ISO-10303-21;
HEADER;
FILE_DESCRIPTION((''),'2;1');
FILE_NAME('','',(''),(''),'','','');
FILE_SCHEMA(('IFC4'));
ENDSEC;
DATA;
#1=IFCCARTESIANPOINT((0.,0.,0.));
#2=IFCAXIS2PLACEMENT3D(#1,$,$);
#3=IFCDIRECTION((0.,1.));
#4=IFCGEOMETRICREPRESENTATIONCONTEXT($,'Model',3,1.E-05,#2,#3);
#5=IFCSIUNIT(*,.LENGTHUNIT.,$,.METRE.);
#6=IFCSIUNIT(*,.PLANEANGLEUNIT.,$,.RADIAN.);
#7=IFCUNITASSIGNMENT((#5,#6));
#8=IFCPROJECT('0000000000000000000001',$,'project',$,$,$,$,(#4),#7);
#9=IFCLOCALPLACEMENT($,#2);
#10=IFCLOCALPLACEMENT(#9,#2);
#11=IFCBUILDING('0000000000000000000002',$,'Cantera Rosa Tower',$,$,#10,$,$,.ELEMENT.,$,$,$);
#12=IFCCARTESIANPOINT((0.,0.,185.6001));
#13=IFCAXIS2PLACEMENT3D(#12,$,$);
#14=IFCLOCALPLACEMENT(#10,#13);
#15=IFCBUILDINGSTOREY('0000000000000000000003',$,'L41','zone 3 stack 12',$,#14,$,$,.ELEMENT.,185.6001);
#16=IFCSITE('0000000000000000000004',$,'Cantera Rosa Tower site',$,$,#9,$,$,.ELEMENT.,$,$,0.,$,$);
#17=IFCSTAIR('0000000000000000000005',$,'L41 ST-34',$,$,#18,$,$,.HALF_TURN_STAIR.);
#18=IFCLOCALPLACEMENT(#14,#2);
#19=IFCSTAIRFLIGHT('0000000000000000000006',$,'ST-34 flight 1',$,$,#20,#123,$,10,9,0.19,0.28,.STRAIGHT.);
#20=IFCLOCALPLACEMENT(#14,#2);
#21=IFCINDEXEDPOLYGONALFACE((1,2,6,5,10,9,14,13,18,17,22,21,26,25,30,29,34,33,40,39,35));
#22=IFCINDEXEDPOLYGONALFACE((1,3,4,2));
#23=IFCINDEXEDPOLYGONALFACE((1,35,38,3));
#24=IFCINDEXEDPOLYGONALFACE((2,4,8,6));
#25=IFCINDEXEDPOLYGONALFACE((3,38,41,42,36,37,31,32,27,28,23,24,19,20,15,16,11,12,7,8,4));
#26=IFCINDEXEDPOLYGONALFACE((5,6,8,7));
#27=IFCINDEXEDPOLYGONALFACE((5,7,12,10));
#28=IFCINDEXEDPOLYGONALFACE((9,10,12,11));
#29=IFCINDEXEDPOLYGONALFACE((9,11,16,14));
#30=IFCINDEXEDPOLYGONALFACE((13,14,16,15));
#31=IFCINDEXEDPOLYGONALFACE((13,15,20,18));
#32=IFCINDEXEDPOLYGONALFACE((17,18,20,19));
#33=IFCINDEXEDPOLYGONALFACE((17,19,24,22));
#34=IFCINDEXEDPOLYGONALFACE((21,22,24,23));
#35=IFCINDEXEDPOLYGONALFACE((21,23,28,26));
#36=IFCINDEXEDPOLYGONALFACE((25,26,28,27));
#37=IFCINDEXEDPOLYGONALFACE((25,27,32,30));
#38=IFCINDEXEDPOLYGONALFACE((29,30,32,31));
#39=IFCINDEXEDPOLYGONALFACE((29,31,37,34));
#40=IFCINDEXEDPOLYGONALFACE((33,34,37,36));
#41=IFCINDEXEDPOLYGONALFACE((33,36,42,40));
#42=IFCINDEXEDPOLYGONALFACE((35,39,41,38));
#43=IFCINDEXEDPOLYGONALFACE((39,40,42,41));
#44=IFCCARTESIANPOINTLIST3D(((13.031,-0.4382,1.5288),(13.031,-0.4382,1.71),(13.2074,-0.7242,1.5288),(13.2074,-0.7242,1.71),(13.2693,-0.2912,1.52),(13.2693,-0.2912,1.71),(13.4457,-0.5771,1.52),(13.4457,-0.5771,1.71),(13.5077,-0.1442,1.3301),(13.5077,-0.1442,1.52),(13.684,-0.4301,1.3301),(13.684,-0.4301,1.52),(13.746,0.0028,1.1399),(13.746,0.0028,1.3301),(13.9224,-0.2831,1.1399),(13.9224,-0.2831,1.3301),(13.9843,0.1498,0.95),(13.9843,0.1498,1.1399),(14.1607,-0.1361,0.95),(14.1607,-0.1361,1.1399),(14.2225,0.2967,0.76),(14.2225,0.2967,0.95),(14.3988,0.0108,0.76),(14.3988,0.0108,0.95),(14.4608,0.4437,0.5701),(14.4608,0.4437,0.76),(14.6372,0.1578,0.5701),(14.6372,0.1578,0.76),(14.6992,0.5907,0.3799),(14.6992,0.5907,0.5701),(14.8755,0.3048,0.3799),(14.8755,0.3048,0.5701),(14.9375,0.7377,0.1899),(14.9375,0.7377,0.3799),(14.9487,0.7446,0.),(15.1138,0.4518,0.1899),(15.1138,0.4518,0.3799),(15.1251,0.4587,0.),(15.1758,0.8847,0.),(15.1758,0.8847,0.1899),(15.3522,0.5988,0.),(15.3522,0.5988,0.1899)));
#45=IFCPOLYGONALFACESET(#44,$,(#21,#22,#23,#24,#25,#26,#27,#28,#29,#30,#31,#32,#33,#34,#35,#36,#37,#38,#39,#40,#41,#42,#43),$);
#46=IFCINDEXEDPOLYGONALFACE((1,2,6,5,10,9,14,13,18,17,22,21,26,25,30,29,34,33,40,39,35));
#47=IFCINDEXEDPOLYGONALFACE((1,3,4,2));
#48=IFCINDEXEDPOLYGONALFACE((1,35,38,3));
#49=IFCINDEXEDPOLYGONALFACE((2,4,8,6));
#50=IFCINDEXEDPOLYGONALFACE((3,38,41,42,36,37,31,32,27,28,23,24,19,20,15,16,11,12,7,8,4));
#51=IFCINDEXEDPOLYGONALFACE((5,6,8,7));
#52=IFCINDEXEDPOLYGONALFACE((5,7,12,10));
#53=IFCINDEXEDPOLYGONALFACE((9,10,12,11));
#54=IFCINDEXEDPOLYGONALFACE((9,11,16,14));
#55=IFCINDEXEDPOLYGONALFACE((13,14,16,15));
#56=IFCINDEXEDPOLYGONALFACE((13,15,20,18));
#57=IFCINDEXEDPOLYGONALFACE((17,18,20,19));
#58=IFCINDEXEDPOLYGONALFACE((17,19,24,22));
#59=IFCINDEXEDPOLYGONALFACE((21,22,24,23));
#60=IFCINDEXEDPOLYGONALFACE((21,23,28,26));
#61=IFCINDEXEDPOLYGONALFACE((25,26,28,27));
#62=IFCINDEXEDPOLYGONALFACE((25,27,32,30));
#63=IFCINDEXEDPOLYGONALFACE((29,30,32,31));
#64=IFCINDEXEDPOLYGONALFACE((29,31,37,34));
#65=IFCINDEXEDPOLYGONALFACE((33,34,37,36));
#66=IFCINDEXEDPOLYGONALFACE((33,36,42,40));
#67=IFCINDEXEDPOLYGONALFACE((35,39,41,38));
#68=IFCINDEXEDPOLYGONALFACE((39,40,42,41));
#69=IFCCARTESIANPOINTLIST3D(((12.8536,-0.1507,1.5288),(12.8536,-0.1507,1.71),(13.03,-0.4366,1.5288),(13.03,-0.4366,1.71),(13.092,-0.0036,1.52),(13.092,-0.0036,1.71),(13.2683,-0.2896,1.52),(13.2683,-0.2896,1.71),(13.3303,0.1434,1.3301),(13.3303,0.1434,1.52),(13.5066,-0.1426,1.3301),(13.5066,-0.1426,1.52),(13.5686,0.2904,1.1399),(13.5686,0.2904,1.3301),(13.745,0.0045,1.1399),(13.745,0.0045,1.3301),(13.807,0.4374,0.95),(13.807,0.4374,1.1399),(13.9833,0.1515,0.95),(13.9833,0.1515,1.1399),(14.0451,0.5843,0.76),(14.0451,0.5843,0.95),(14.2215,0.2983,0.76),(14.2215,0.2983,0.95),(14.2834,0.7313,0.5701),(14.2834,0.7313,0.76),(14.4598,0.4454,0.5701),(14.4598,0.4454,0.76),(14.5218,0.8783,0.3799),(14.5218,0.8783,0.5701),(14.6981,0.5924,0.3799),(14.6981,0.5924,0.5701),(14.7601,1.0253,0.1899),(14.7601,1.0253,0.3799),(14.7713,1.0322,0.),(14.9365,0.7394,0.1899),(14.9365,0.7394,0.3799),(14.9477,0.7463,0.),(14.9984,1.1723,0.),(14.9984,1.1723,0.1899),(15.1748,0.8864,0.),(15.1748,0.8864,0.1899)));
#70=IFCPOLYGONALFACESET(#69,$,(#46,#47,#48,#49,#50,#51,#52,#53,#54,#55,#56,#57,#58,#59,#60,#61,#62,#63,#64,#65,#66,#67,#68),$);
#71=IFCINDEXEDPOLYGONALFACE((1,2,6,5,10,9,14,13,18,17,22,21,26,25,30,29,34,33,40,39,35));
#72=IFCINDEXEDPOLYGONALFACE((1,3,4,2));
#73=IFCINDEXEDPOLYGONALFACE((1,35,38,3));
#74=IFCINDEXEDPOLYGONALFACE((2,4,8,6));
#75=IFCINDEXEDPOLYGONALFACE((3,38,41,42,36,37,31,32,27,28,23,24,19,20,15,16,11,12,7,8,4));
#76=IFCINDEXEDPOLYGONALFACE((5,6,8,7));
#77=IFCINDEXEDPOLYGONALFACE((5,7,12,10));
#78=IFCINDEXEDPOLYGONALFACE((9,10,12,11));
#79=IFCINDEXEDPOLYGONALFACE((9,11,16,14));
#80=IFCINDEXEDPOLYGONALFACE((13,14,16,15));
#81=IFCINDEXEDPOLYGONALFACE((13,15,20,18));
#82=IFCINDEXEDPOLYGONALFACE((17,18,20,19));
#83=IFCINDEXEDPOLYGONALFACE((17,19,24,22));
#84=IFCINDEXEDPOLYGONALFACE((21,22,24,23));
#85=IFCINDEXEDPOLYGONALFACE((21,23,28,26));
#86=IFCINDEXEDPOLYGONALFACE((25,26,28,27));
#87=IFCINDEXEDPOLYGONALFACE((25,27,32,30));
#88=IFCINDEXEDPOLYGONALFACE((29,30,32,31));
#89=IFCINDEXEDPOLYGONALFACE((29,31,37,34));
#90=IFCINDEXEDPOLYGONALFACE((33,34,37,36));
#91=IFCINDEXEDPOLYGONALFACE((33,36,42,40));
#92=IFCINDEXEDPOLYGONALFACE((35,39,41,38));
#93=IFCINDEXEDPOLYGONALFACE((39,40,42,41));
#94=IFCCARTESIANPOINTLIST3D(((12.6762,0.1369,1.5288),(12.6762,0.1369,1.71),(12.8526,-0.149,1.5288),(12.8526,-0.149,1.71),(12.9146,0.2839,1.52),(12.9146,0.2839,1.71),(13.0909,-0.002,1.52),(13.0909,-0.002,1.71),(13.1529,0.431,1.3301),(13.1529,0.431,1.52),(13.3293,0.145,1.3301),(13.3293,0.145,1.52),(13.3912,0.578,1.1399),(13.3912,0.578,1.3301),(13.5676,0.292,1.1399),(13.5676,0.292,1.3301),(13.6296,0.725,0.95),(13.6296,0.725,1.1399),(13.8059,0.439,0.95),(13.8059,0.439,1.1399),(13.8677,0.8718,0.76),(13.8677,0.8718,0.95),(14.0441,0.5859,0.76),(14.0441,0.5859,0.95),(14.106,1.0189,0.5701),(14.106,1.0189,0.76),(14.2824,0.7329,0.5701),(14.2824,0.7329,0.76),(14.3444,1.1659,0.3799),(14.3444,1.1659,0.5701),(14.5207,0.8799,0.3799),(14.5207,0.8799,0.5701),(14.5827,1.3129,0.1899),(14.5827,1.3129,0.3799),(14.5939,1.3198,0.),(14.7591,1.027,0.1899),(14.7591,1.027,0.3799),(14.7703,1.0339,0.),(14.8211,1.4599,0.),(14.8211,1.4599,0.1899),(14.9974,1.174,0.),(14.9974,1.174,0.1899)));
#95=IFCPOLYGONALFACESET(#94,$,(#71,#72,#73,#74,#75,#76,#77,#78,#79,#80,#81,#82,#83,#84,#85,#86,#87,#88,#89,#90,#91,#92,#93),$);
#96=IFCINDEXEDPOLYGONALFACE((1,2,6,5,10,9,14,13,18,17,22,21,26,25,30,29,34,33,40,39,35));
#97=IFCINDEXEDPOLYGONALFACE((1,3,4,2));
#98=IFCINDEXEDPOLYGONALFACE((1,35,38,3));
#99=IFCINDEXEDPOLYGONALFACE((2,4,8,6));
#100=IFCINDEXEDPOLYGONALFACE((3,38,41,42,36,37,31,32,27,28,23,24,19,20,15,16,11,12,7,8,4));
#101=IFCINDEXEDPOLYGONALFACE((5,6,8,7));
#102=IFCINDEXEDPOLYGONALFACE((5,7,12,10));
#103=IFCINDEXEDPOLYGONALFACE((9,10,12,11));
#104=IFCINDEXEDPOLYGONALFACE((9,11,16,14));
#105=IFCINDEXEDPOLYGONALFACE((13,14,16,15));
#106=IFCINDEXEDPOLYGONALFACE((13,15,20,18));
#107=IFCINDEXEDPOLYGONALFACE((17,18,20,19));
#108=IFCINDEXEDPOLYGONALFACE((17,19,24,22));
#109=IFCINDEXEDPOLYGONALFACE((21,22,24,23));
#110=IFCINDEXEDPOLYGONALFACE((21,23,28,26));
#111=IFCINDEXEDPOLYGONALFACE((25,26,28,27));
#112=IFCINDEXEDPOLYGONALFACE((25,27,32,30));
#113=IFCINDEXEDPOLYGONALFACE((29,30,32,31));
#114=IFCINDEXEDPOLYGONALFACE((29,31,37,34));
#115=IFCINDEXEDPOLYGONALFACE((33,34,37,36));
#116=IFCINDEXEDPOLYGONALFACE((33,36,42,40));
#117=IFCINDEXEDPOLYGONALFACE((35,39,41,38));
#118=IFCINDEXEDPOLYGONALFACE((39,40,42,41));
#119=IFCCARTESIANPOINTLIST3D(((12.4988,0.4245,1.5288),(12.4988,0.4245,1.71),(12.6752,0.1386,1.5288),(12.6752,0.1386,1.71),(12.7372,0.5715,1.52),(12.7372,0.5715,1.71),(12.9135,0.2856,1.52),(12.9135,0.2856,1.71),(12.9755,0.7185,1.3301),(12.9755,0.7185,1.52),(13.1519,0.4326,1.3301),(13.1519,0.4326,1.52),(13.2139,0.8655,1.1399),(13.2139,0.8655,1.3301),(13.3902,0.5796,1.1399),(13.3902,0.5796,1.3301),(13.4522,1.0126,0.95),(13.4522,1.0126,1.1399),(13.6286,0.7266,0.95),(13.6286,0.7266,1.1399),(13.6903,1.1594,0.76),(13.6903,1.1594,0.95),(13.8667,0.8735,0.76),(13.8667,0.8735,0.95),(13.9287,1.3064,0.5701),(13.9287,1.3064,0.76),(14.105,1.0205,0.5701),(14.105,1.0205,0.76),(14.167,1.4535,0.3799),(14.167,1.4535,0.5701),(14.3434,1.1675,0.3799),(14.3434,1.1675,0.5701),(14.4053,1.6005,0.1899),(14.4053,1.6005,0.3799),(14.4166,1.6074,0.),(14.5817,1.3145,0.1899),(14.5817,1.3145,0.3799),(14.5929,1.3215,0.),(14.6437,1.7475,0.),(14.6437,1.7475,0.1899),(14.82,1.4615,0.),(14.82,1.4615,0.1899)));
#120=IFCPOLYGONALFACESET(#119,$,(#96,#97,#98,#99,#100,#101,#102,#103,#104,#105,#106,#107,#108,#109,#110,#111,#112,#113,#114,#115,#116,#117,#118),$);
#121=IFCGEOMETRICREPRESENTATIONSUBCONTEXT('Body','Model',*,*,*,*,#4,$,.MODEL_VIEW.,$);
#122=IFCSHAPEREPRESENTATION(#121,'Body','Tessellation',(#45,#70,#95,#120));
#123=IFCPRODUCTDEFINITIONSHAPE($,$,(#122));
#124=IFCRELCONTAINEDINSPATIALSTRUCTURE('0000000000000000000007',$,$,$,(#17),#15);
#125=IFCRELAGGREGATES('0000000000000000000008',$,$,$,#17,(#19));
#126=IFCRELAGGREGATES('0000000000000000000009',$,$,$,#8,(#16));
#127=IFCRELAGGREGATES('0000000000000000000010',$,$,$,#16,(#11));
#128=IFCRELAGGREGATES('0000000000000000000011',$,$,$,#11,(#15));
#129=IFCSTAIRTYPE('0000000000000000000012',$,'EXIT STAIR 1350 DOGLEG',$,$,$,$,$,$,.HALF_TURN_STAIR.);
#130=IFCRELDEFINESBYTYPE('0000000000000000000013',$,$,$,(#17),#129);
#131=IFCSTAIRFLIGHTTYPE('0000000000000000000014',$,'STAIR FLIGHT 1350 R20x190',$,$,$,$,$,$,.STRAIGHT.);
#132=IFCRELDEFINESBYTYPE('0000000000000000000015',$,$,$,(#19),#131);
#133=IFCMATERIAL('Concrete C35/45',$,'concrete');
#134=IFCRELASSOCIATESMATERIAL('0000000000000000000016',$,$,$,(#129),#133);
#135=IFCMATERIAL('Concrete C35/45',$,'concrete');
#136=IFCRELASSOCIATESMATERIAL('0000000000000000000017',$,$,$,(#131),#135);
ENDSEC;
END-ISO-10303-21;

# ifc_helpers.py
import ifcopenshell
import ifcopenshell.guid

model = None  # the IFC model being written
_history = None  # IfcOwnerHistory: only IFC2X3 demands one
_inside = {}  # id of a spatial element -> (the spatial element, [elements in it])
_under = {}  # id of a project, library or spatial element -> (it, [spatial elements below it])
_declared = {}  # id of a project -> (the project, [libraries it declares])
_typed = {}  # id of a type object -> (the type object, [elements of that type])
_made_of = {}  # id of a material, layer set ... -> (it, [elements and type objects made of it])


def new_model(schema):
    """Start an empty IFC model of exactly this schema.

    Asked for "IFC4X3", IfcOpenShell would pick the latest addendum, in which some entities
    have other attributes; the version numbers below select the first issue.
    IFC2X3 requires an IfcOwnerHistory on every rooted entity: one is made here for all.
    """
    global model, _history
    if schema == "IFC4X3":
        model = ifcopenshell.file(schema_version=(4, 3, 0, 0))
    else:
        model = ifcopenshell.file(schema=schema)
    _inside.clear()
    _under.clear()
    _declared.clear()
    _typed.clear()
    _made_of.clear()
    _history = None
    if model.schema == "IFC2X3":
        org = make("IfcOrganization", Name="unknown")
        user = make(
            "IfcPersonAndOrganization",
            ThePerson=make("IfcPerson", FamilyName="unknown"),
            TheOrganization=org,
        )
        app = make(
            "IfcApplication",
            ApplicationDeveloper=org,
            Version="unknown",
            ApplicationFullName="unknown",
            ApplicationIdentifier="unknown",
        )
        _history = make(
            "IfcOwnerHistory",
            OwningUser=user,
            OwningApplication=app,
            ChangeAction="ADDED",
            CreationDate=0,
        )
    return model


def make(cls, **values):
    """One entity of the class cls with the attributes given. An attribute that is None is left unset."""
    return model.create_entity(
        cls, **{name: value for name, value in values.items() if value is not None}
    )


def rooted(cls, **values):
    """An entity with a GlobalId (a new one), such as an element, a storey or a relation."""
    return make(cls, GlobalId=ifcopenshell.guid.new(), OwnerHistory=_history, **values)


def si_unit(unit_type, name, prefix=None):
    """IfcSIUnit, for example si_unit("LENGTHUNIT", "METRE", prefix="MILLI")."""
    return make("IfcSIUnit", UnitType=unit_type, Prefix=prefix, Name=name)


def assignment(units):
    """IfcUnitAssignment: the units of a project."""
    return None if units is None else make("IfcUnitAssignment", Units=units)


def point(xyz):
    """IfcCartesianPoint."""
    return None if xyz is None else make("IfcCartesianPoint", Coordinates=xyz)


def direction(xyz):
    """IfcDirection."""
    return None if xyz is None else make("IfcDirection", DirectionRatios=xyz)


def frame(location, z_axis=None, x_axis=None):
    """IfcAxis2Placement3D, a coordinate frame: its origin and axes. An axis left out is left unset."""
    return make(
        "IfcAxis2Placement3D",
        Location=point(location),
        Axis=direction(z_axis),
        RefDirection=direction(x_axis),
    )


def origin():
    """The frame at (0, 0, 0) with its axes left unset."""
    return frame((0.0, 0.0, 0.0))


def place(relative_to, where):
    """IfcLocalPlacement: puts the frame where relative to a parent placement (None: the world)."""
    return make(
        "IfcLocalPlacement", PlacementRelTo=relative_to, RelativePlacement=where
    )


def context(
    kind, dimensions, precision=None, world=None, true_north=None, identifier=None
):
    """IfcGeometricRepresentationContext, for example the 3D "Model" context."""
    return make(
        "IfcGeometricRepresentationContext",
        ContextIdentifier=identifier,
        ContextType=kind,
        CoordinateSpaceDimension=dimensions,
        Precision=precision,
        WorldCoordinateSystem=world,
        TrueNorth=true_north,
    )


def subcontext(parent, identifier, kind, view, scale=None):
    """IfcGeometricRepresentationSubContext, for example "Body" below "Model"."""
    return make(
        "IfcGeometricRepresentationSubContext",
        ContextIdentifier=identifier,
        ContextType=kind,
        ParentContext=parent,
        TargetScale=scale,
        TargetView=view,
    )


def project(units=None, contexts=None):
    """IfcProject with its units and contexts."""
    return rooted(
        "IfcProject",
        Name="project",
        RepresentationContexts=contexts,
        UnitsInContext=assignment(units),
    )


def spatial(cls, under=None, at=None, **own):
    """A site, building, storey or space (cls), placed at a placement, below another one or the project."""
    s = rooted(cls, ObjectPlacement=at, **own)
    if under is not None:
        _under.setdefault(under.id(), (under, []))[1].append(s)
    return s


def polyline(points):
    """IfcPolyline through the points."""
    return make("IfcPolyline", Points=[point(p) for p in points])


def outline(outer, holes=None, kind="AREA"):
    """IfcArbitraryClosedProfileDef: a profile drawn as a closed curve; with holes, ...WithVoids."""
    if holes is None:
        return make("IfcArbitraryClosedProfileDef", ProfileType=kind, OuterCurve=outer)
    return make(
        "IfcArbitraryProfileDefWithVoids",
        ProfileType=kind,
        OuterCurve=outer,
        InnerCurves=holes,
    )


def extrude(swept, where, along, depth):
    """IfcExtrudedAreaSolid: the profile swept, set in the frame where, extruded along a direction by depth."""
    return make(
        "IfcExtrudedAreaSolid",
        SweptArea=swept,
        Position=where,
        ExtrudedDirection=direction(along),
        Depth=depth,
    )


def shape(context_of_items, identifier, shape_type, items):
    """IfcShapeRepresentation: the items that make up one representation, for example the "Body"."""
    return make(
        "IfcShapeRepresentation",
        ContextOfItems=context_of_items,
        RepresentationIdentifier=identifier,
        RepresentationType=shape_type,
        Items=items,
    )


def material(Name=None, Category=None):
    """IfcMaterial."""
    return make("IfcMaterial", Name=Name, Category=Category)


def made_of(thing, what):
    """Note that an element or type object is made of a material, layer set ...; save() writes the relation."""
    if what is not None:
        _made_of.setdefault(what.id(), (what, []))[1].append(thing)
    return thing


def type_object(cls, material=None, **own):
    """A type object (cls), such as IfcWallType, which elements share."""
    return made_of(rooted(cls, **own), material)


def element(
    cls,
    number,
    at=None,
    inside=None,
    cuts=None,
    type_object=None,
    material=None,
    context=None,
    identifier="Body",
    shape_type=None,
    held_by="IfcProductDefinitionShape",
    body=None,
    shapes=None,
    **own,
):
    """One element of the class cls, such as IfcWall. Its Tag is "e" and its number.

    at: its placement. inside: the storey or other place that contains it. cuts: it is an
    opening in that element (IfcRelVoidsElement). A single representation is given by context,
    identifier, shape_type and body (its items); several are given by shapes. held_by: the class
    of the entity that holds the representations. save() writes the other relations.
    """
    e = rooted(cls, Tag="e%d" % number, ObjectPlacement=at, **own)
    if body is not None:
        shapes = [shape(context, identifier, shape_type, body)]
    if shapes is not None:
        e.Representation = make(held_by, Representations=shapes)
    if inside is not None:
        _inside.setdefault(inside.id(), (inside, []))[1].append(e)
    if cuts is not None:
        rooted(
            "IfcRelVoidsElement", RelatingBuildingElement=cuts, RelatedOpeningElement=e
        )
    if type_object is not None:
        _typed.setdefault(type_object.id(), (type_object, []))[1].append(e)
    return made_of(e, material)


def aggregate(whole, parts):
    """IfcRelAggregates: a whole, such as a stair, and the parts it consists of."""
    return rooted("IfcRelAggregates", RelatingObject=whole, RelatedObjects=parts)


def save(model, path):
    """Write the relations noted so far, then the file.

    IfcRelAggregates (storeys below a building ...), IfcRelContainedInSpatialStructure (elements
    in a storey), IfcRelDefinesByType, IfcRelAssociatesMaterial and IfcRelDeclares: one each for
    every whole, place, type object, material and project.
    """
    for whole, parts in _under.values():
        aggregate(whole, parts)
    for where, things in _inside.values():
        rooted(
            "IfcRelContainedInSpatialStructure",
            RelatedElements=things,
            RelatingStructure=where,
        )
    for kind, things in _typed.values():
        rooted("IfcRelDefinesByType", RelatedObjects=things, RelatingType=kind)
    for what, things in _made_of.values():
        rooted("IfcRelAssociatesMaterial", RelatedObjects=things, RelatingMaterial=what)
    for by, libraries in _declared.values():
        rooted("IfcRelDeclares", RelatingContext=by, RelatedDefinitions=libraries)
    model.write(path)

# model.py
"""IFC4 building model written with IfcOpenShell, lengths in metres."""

from ifc_helpers import new_model, si_unit, direction, frame, origin, place, context, subcontext, project, spatial, polyline, outline, extrude, material, type_object, element, aggregate, save


model = new_model("IFC4")

# Units and contexts
model_context = context("Model", 3, precision=1e-05, world=origin(), true_north=direction((0.0, 1.0)))
body_context = subcontext(model_context, "Body", "Model", "MODEL_VIEW")
ifc_project = project(units=[si_unit("LENGTHUNIT", "METRE"), si_unit("PLANEANGLEUNIT", "RADIAN")], contexts=[model_context])

# Site, building, storey
site_placement = place(None, origin())
site = spatial("IfcSite", under=ifc_project, at=site_placement, Name="Cantera Rosa Tower site", CompositionType="ELEMENT", RefElevation=0.0)
building_placement = place(site_placement, origin())
building = spatial("IfcBuilding", under=site, at=building_placement, Name="Cantera Rosa Tower", CompositionType="ELEMENT")
storey_placement = place(building_placement, frame((0.0, 0.0, 185.6001)))
storey = spatial("IfcBuildingStorey", under=building, at=storey_placement, Name="L41", Description="zone 3 stack 12", CompositionType="ELEMENT", Elevation=185.6001)

# Stair, stair flight
ifc_material_1 = material(Name="Concrete C35/45", Category="concrete")
stair_type = type_object("IfcStairType", Name="EXIT STAIR 1350 DOGLEG", PredefinedType="HALF_TURN_STAIR", material=ifc_material_1)
stair_placement = place(storey_placement, origin())
stair = element("IfcStair", 1, at=stair_placement, inside=storey, type_object=stair_type, Name="L41 ST-34", PredefinedType="HALF_TURN_STAIR")
ifc_material_2 = material(Name="Concrete C35/45", Category="concrete")
stair_flight_type = type_object("IfcStairFlightType", Name="STAIR FLIGHT 1350 R20x190", PredefinedType="STRAIGHT", material=ifc_material_2)
stair_flight_1_placement = place(storey_placement, frame((14.9978, 1.1733, 0.0), z_axis=(0.0, 0.0, 1.0), x_axis=(-0.851117, -0.524977, 0.0)))
stair_flight_1 = element("IfcStairFlight", 2, at=stair_flight_1_placement, type_object=stair_flight_type, Name="ST-34 flight 1", NumberOfRisers=10, NumberOfTreads=9, PredefinedType="STRAIGHT", RiserHeight=0.19, TreadLength=0.28, context=body_context, shape_type="SweptSolid", body=[
    extrude(outline(polyline([(0.0, 0.0), (0.0, 0.1899), (0.28, 0.1899), (0.28, 0.3799), (0.5601, 0.3799), (0.5601, 0.5701), (0.8401, 0.5701), (0.8401, 0.76), (1.1201, 0.76), (1.1201, 0.95), (1.3999, 0.95), (1.3999, 1.1399), (1.6799, 1.1399), (1.6799, 1.3301), (1.96, 1.3301), (1.96, 1.52), (2.24, 1.52), (2.24, 1.71), (2.52, 1.71), (2.52, 1.8999), (2.52, 1.5288), (0.2668, 0.0), (0.0, 0.0)])), frame((0.0, 0.675, 0.0), z_axis=(0.0, -1.0, 0.0), x_axis=(1.0, 0.0, 0.0)), (0.0, 0.0, 1.0), 0.3359),
    extrude(outline(polyline([(0.0, 0.0), (0.0, 0.1899), (0.28, 0.1899), (0.28, 0.3799), (0.5601, 0.3799), (0.5601, 0.5701), (0.8401, 0.5701), (0.8401, 0.76), (1.1201, 0.76), (1.1201, 0.95), (1.3999, 0.95), (1.3999, 1.1399), (1.6799, 1.1399), (1.6799, 1.3301), (1.96, 1.3301), (1.96, 1.52), (2.24, 1.52), (2.24, 1.71), (2.52, 1.71), (2.52, 1.8999), (2.52, 1.5288), (0.2668, 0.0), (0.0, 0.0)])), frame((0.0, 0.3372, 0.0), z_axis=(0.0, -1.0, 0.0), x_axis=(1.0, 0.0, 0.0)), (0.0, 0.0, 1.0), 0.3359),
    extrude(outline(polyline([(0.0, 0.0), (0.0, 0.1899), (0.28, 0.1899), (0.28, 0.3799), (0.5601, 0.3799), (0.5601, 0.5701), (0.8401, 0.5701), (0.8401, 0.76), (1.1201, 0.76), (1.1201, 0.95), (1.3999, 0.95), (1.3999, 1.1399), (1.6799, 1.1399), (1.6799, 1.3301), (1.96, 1.3301), (1.96, 1.52), (2.24, 1.52), (2.24, 1.71), (2.52, 1.71), (2.52, 1.8999), (2.52, 1.5288), (0.2668, 0.0), (0.0, 0.0)])), frame((0.0, -0.0007, 0.0), z_axis=(0.0, -1.0, 0.0), x_axis=(1.0, 0.0, 0.0)), (0.0, 0.0, 1.0), 0.3359),
    extrude(outline(polyline([(0.0, 0.0), (0.0, 0.1899), (0.28, 0.1899), (0.28, 0.3799), (0.5601, 0.3799), (0.5601, 0.5701), (0.8401, 0.5701), (0.8401, 0.76), (1.1201, 0.76), (1.1201, 0.95), (1.3999, 0.95), (1.3999, 1.1399), (1.6799, 1.1399), (1.6799, 1.3301), (1.96, 1.3301), (1.96, 1.52), (2.24, 1.52), (2.24, 1.71), (2.52, 1.71), (2.52, 1.8999), (2.52, 1.5288), (0.2668, 0.0), (0.0, 0.0)])), frame((0.0, -0.3386, 0.0), z_axis=(0.0, -1.0, 0.0), x_axis=(1.0, 0.0, 0.0)), (0.0, 0.0, 1.0), 0.3359),
])
aggregate(stair, [stair_flight_1])

save(model, "model.ifc")
